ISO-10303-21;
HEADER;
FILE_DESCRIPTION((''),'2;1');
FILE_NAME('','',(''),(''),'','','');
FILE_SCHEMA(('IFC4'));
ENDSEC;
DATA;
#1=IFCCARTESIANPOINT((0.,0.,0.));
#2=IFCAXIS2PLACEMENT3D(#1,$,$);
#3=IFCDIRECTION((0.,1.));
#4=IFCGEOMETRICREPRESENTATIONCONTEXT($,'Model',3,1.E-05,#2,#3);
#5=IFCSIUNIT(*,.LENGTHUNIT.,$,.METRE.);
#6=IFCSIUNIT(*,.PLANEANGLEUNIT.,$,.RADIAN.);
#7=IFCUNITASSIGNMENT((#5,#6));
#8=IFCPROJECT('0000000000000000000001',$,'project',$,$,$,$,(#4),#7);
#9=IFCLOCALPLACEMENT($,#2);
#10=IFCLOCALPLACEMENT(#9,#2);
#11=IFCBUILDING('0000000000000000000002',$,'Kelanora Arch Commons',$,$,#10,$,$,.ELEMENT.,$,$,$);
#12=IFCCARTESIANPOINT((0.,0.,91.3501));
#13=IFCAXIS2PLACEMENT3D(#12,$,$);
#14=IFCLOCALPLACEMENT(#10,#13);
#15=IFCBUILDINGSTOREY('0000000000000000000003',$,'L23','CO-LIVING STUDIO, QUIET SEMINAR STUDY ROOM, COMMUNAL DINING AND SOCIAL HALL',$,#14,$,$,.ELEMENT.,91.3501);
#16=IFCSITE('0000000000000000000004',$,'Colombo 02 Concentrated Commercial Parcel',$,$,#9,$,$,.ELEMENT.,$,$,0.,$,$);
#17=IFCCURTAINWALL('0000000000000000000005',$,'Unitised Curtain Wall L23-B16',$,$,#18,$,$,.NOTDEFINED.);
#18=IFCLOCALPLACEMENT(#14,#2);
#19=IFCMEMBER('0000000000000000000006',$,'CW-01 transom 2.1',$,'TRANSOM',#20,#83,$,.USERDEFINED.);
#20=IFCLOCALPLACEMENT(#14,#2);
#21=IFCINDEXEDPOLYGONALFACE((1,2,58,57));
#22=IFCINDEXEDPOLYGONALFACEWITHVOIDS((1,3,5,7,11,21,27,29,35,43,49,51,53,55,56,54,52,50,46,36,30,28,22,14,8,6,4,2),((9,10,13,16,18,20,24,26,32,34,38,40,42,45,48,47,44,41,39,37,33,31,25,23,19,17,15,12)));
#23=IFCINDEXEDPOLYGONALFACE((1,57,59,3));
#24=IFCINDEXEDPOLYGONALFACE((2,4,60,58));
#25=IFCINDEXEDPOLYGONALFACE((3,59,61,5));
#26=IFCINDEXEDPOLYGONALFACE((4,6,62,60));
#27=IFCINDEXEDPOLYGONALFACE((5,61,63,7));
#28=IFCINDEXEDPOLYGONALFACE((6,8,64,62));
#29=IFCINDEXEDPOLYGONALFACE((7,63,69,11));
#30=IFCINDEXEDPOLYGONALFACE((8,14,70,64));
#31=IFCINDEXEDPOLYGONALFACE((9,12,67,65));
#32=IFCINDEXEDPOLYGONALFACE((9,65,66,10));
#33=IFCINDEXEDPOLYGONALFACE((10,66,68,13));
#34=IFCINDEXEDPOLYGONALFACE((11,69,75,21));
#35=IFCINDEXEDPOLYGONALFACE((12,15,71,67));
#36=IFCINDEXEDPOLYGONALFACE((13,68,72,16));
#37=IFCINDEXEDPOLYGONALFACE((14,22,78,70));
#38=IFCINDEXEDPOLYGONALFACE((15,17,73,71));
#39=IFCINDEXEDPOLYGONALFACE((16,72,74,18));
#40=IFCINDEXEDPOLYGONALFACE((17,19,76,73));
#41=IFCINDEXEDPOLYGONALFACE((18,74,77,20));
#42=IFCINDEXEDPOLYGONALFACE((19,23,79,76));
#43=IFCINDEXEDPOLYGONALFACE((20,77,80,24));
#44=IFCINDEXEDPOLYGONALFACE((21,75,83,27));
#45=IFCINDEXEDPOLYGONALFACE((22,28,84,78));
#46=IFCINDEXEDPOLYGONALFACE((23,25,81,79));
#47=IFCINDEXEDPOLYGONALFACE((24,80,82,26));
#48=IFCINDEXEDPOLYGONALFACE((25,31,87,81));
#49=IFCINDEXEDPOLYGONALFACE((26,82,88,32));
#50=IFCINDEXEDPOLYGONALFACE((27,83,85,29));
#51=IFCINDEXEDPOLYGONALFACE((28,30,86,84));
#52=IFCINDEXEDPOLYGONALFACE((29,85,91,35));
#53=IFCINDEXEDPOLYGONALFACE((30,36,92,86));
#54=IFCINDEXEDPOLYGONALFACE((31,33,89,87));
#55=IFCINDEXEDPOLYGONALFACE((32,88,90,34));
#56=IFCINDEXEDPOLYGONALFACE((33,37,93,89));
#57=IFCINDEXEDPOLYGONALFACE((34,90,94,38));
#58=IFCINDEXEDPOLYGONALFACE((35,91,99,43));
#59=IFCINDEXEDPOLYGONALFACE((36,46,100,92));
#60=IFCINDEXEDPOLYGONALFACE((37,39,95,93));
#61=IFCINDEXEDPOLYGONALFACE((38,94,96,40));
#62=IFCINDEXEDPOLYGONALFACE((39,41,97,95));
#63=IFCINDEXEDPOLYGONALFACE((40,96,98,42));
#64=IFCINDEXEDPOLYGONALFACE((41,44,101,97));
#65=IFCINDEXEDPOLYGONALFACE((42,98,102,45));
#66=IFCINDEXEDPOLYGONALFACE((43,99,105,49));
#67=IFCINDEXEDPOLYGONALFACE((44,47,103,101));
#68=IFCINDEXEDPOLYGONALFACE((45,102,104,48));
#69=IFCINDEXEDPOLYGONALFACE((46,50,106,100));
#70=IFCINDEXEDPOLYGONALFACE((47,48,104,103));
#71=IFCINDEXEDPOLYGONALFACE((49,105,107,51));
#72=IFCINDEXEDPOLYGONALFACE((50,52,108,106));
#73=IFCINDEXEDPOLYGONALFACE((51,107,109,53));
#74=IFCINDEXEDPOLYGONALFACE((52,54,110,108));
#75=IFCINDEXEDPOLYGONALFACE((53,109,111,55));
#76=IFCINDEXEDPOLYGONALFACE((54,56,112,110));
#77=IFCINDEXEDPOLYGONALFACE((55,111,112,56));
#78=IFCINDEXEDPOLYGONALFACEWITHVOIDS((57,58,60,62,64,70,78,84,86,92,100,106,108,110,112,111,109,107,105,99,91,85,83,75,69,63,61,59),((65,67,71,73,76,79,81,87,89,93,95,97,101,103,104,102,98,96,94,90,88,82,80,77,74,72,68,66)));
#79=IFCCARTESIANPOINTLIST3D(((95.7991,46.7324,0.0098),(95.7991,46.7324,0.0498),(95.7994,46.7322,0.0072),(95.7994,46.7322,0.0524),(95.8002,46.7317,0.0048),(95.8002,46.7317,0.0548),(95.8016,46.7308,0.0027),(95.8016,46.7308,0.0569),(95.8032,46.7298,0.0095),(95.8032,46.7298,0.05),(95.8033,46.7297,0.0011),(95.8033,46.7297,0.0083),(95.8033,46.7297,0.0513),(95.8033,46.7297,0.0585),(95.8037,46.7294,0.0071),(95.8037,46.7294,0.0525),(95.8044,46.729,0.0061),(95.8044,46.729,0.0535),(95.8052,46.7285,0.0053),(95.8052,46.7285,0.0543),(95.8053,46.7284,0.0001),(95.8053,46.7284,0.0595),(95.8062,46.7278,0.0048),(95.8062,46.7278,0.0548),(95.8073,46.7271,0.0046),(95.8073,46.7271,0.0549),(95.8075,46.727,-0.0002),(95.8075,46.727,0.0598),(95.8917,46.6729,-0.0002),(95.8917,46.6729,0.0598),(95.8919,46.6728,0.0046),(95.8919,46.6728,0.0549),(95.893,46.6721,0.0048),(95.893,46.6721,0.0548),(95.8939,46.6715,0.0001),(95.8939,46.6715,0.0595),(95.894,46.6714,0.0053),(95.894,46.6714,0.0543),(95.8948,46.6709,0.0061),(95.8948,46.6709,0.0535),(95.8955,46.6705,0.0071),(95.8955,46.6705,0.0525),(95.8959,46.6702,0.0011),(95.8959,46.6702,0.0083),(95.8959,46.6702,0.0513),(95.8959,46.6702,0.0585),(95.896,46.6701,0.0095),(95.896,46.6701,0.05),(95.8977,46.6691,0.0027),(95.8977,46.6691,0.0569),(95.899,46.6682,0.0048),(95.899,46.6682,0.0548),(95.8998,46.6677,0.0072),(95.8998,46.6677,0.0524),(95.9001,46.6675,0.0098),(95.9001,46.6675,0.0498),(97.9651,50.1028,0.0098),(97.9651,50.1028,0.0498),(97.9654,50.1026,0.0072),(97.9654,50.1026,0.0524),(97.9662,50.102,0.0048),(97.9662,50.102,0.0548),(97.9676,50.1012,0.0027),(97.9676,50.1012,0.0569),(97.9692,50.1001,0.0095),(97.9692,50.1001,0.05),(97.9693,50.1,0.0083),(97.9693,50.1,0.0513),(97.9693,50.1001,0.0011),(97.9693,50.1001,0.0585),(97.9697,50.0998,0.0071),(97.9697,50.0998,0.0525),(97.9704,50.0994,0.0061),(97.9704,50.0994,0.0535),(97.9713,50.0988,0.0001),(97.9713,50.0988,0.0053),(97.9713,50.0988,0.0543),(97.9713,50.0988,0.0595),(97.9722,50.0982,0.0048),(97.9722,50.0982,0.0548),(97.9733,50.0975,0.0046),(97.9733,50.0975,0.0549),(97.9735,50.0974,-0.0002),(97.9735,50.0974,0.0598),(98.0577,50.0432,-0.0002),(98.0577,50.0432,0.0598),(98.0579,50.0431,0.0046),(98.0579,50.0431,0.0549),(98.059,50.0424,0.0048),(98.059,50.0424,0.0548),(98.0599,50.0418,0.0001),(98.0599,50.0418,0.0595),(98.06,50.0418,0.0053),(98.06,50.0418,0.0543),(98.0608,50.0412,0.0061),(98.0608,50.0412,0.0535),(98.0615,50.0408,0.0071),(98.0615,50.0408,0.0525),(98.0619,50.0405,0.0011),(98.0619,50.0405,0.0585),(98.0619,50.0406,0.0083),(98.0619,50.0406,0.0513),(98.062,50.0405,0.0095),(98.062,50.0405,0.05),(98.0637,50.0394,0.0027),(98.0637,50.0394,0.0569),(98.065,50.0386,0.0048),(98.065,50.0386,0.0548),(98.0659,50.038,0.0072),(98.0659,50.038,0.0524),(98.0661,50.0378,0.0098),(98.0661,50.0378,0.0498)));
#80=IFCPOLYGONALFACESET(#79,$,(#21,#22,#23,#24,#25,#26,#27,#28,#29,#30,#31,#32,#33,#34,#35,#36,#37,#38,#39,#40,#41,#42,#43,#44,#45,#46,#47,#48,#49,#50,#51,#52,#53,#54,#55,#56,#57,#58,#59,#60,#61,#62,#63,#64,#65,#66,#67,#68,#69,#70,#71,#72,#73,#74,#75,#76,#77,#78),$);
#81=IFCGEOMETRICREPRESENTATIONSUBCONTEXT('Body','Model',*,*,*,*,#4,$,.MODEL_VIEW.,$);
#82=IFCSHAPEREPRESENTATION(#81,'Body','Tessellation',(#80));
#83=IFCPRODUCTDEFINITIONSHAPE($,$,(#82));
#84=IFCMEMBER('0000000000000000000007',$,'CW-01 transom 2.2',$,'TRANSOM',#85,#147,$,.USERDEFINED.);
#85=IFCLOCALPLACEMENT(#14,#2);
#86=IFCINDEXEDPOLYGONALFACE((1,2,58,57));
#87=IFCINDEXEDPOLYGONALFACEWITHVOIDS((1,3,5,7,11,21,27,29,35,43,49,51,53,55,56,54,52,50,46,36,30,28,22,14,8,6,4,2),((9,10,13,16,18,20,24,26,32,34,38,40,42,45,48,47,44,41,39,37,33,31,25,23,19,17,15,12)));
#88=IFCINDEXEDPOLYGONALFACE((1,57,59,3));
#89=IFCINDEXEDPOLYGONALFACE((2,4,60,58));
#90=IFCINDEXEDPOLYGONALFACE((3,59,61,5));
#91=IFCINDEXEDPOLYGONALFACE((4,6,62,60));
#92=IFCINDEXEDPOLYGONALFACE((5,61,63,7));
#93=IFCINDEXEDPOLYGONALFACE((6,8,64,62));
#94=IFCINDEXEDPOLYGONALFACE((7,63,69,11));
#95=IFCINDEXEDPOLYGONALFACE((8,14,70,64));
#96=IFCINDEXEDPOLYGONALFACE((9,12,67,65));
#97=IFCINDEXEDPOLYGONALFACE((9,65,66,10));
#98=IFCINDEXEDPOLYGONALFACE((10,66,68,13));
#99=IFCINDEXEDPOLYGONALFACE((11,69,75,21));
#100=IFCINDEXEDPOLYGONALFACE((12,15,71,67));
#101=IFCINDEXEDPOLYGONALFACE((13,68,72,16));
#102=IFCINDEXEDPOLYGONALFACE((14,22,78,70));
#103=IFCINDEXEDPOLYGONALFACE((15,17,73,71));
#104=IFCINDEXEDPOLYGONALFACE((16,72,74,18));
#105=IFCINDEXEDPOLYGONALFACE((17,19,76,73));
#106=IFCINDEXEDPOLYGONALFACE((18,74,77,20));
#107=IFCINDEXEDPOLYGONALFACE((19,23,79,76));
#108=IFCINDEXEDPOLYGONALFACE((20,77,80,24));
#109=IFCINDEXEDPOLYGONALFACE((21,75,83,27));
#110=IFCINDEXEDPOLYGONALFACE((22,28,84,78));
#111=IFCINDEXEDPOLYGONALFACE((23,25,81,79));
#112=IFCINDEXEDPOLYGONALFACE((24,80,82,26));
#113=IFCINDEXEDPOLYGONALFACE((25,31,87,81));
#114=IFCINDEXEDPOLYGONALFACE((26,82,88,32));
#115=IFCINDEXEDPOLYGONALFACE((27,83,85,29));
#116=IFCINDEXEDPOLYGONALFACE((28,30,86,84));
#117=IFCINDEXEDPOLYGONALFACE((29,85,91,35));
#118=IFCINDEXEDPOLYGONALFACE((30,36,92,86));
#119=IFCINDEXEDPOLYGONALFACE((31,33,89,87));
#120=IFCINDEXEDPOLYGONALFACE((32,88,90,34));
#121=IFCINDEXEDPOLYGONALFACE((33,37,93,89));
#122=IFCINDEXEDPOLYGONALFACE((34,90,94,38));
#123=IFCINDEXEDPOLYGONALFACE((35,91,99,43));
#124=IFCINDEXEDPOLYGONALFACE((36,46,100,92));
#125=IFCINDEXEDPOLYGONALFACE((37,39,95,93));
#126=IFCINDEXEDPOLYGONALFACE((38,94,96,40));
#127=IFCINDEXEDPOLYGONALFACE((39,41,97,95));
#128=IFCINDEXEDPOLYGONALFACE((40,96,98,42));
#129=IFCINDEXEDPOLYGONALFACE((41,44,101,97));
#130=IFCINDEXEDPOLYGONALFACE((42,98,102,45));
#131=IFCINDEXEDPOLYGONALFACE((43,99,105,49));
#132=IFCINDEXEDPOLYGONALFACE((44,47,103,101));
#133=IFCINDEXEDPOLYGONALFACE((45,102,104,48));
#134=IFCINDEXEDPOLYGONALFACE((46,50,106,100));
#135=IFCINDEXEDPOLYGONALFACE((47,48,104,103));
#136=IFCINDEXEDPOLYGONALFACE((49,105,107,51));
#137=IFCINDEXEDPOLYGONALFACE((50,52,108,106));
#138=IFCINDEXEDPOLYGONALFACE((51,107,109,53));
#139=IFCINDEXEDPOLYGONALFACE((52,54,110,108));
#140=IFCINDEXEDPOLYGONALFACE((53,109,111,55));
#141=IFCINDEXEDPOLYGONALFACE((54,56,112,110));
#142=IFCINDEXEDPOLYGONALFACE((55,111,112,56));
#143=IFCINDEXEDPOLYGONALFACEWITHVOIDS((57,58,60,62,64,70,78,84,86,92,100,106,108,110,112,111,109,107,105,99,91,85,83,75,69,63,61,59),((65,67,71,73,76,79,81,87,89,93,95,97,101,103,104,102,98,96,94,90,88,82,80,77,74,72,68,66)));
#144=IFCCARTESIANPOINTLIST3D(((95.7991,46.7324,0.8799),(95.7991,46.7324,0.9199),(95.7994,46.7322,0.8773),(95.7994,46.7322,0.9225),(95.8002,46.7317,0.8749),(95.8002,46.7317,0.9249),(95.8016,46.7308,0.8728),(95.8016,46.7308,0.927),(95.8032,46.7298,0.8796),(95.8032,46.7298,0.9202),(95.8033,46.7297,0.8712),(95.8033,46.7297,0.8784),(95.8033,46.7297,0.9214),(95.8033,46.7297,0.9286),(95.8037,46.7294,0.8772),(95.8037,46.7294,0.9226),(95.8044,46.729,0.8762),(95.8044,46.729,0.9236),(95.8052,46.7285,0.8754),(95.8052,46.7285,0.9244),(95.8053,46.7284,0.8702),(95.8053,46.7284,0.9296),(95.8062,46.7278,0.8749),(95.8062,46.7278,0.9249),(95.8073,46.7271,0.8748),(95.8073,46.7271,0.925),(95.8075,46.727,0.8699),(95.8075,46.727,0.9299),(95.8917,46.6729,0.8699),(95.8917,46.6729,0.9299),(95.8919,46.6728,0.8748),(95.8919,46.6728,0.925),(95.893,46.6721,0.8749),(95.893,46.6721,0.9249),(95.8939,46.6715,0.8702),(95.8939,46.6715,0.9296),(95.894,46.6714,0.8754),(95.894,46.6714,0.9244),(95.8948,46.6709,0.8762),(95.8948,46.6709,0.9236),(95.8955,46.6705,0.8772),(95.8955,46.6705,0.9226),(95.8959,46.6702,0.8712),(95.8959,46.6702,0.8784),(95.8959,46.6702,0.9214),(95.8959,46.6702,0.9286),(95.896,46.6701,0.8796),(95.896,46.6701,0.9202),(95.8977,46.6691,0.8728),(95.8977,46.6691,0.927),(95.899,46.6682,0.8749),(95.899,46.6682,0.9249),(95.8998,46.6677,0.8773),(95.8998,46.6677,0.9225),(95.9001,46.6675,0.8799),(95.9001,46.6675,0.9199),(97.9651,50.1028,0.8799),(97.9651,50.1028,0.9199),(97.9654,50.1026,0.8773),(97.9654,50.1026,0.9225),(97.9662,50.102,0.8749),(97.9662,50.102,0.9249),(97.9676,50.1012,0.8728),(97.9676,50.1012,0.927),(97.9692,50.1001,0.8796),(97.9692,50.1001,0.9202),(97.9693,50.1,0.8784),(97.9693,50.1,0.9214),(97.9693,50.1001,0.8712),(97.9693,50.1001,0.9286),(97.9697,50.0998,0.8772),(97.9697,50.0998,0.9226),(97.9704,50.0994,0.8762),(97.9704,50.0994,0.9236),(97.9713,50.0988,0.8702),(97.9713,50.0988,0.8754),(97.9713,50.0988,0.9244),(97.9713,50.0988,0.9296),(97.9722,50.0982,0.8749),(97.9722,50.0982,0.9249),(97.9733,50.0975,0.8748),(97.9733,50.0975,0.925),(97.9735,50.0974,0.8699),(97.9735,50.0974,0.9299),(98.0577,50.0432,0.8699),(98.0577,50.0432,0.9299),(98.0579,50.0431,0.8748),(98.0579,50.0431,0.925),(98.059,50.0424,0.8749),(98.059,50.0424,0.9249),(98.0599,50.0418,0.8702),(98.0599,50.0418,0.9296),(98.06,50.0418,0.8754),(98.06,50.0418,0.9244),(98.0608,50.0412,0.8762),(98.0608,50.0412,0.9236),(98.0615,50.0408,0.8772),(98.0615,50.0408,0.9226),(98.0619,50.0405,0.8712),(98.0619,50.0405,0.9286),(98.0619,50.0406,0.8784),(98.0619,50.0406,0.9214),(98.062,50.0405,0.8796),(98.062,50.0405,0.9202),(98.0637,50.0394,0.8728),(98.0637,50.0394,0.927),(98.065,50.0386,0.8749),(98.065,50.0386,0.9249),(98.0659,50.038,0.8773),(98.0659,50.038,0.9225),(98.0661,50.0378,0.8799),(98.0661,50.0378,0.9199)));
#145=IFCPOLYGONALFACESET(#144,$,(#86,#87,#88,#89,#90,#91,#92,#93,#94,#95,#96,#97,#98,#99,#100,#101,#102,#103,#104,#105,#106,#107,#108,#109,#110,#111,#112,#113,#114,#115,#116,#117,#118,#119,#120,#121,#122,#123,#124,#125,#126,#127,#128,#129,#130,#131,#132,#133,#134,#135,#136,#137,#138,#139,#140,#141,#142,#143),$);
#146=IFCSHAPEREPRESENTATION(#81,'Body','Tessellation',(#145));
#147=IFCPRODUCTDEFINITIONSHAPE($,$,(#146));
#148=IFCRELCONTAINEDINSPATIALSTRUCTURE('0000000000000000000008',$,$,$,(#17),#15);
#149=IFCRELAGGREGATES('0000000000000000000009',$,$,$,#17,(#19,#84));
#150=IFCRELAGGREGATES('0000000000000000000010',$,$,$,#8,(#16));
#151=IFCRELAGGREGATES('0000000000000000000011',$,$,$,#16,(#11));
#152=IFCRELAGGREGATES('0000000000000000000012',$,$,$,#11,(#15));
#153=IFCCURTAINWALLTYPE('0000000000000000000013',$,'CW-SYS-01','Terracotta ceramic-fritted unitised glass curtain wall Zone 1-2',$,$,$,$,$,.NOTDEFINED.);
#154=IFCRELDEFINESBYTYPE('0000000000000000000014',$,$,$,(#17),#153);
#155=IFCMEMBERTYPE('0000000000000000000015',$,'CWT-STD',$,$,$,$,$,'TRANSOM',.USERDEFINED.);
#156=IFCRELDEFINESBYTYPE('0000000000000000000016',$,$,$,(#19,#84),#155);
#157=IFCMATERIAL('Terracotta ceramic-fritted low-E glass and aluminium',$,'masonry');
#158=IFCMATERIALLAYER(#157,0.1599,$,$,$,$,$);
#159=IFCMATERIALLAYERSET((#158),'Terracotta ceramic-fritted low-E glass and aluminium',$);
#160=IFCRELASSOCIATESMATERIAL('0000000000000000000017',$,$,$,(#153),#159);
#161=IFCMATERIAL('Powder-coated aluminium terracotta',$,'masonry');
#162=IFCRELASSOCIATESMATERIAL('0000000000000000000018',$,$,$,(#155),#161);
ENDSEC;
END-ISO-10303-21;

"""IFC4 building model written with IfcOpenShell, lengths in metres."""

from ifc_helpers import new_model, si_unit, direction, frame, origin, origin_2d, place, context, subcontext, project, spatial, hollow_rectangle, extrude, material, layer, layer_set, material_profile, profile_set, type_object, element, aggregate, save


model = new_model("IFC4")

# Units and contexts
model_context = context("Model", 3, precision=1e-05, world=origin(), true_north=direction((0.0, 1.0)))
body_context = subcontext(model_context, "Body", "Model", "MODEL_VIEW")
ifc_project = project(units=[si_unit("LENGTHUNIT", "METRE"), si_unit("PLANEANGLEUNIT", "RADIAN")], contexts=[model_context])

# Site, building, storey
site_placement = place(None, origin())
site = spatial("IfcSite", under=ifc_project, at=site_placement, Name="Colombo 02 Concentrated Commercial Parcel", CompositionType="ELEMENT", RefElevation=0.0)
building_placement = place(site_placement, origin())
building = spatial("IfcBuilding", under=site, at=building_placement, Name="Kelanora Arch Commons", CompositionType="ELEMENT")
storey_placement = place(building_placement, frame((0.0, 0.0, 91.3501)))
storey = spatial("IfcBuildingStorey", under=building, at=storey_placement, Name="L23", Description="CO-LIVING STUDIO, QUIET SEMINAR STUDY ROOM, COMMUNAL DINING AND SOCIAL HALL", CompositionType="ELEMENT", Elevation=91.3501)

# Shared definitions
ifc_material_1 = material(Name="Terracotta ceramic-fritted low-E glass and aluminium", Category="masonry")
ifc_layer_1 = layer(ifc_material_1, 0.1599)
ifc_layer_set_1 = layer_set([ifc_layer_1], Name="Terracotta ceramic-fritted low-E glass and aluminium")
curtain_wall_type = type_object("IfcCurtainWallType", Name="CW-SYS-01", Description="Terracotta ceramic-fritted unitised glass curtain wall Zone 1-2", PredefinedType="NOTDEFINED", material=ifc_layer_set_1)
ifc_material_2 = material(Name="Powder-coated aluminium terracotta", Category="masonry")

# Curtain wall, members
curtain_wall_1_placement = place(storey_placement, origin())
curtain_wall_1 = element("IfcCurtainWall", 1, at=curtain_wall_1_placement, inside=storey, type_object=curtain_wall_type, Name="Unitised Curtain Wall L23-B16", PredefinedType="NOTDEFINED")
ifc_material_profile_1 = material_profile(ifc_material_2, hollow_rectangle(XDim=0.1201, YDim=0.0601, WallThickness=0.0049, InnerFilletRadius=0.0049, OuterFilletRadius=0.01, at=origin_2d()), Name="CWT120x60")
ifc_profile_set_1 = profile_set([ifc_material_profile_1], Name="Powder-coated aluminium terracotta")
member_type_1 = type_object("IfcMemberType", Name="CWT-STD", ElementType="TRANSOM", PredefinedType="USERDEFINED", material=ifc_profile_set_1)
member_1_placement = place(storey_placement, frame((95.8496, 46.7, 0.0298), z_axis=(0.540644, 0.841252, 0.0), x_axis=(-0.841252, 0.540644, 0.0)))
member_1 = element("IfcMember", 2, at=member_1_placement, type_object=member_type_1, Name="CW-01 transom 2.1", ObjectType="TRANSOM", PredefinedType="USERDEFINED", context=body_context, shape_type="SweptSolid", body=[
    extrude(hollow_rectangle(XDim=0.1201, YDim=0.0601, WallThickness=0.0049, InnerFilletRadius=0.0049, OuterFilletRadius=0.01, at=origin_2d()), origin(), (0.0, 0.0, 1.0), 4.0063),
])
member_2_placement = place(storey_placement, frame((95.8496, 46.7, 0.8999), z_axis=(0.540644, 0.841252, 0.0), x_axis=(-0.841252, 0.540644, 0.0)))
member_2 = element("IfcMember", 3, at=member_2_placement, type_object=member_type_1, Name="CW-01 transom 2.2", ObjectType="TRANSOM", PredefinedType="USERDEFINED", context=body_context, shape_type="SweptSolid", body=[
    extrude(hollow_rectangle(XDim=0.1201, YDim=0.0601, WallThickness=0.0049, InnerFilletRadius=0.0049, OuterFilletRadius=0.01, at=origin_2d()), origin(), (0.0, 0.0, 1.0), 4.0063),
])
aggregate(curtain_wall_1, [member_1, member_2])

save(model, "model.ifc")
